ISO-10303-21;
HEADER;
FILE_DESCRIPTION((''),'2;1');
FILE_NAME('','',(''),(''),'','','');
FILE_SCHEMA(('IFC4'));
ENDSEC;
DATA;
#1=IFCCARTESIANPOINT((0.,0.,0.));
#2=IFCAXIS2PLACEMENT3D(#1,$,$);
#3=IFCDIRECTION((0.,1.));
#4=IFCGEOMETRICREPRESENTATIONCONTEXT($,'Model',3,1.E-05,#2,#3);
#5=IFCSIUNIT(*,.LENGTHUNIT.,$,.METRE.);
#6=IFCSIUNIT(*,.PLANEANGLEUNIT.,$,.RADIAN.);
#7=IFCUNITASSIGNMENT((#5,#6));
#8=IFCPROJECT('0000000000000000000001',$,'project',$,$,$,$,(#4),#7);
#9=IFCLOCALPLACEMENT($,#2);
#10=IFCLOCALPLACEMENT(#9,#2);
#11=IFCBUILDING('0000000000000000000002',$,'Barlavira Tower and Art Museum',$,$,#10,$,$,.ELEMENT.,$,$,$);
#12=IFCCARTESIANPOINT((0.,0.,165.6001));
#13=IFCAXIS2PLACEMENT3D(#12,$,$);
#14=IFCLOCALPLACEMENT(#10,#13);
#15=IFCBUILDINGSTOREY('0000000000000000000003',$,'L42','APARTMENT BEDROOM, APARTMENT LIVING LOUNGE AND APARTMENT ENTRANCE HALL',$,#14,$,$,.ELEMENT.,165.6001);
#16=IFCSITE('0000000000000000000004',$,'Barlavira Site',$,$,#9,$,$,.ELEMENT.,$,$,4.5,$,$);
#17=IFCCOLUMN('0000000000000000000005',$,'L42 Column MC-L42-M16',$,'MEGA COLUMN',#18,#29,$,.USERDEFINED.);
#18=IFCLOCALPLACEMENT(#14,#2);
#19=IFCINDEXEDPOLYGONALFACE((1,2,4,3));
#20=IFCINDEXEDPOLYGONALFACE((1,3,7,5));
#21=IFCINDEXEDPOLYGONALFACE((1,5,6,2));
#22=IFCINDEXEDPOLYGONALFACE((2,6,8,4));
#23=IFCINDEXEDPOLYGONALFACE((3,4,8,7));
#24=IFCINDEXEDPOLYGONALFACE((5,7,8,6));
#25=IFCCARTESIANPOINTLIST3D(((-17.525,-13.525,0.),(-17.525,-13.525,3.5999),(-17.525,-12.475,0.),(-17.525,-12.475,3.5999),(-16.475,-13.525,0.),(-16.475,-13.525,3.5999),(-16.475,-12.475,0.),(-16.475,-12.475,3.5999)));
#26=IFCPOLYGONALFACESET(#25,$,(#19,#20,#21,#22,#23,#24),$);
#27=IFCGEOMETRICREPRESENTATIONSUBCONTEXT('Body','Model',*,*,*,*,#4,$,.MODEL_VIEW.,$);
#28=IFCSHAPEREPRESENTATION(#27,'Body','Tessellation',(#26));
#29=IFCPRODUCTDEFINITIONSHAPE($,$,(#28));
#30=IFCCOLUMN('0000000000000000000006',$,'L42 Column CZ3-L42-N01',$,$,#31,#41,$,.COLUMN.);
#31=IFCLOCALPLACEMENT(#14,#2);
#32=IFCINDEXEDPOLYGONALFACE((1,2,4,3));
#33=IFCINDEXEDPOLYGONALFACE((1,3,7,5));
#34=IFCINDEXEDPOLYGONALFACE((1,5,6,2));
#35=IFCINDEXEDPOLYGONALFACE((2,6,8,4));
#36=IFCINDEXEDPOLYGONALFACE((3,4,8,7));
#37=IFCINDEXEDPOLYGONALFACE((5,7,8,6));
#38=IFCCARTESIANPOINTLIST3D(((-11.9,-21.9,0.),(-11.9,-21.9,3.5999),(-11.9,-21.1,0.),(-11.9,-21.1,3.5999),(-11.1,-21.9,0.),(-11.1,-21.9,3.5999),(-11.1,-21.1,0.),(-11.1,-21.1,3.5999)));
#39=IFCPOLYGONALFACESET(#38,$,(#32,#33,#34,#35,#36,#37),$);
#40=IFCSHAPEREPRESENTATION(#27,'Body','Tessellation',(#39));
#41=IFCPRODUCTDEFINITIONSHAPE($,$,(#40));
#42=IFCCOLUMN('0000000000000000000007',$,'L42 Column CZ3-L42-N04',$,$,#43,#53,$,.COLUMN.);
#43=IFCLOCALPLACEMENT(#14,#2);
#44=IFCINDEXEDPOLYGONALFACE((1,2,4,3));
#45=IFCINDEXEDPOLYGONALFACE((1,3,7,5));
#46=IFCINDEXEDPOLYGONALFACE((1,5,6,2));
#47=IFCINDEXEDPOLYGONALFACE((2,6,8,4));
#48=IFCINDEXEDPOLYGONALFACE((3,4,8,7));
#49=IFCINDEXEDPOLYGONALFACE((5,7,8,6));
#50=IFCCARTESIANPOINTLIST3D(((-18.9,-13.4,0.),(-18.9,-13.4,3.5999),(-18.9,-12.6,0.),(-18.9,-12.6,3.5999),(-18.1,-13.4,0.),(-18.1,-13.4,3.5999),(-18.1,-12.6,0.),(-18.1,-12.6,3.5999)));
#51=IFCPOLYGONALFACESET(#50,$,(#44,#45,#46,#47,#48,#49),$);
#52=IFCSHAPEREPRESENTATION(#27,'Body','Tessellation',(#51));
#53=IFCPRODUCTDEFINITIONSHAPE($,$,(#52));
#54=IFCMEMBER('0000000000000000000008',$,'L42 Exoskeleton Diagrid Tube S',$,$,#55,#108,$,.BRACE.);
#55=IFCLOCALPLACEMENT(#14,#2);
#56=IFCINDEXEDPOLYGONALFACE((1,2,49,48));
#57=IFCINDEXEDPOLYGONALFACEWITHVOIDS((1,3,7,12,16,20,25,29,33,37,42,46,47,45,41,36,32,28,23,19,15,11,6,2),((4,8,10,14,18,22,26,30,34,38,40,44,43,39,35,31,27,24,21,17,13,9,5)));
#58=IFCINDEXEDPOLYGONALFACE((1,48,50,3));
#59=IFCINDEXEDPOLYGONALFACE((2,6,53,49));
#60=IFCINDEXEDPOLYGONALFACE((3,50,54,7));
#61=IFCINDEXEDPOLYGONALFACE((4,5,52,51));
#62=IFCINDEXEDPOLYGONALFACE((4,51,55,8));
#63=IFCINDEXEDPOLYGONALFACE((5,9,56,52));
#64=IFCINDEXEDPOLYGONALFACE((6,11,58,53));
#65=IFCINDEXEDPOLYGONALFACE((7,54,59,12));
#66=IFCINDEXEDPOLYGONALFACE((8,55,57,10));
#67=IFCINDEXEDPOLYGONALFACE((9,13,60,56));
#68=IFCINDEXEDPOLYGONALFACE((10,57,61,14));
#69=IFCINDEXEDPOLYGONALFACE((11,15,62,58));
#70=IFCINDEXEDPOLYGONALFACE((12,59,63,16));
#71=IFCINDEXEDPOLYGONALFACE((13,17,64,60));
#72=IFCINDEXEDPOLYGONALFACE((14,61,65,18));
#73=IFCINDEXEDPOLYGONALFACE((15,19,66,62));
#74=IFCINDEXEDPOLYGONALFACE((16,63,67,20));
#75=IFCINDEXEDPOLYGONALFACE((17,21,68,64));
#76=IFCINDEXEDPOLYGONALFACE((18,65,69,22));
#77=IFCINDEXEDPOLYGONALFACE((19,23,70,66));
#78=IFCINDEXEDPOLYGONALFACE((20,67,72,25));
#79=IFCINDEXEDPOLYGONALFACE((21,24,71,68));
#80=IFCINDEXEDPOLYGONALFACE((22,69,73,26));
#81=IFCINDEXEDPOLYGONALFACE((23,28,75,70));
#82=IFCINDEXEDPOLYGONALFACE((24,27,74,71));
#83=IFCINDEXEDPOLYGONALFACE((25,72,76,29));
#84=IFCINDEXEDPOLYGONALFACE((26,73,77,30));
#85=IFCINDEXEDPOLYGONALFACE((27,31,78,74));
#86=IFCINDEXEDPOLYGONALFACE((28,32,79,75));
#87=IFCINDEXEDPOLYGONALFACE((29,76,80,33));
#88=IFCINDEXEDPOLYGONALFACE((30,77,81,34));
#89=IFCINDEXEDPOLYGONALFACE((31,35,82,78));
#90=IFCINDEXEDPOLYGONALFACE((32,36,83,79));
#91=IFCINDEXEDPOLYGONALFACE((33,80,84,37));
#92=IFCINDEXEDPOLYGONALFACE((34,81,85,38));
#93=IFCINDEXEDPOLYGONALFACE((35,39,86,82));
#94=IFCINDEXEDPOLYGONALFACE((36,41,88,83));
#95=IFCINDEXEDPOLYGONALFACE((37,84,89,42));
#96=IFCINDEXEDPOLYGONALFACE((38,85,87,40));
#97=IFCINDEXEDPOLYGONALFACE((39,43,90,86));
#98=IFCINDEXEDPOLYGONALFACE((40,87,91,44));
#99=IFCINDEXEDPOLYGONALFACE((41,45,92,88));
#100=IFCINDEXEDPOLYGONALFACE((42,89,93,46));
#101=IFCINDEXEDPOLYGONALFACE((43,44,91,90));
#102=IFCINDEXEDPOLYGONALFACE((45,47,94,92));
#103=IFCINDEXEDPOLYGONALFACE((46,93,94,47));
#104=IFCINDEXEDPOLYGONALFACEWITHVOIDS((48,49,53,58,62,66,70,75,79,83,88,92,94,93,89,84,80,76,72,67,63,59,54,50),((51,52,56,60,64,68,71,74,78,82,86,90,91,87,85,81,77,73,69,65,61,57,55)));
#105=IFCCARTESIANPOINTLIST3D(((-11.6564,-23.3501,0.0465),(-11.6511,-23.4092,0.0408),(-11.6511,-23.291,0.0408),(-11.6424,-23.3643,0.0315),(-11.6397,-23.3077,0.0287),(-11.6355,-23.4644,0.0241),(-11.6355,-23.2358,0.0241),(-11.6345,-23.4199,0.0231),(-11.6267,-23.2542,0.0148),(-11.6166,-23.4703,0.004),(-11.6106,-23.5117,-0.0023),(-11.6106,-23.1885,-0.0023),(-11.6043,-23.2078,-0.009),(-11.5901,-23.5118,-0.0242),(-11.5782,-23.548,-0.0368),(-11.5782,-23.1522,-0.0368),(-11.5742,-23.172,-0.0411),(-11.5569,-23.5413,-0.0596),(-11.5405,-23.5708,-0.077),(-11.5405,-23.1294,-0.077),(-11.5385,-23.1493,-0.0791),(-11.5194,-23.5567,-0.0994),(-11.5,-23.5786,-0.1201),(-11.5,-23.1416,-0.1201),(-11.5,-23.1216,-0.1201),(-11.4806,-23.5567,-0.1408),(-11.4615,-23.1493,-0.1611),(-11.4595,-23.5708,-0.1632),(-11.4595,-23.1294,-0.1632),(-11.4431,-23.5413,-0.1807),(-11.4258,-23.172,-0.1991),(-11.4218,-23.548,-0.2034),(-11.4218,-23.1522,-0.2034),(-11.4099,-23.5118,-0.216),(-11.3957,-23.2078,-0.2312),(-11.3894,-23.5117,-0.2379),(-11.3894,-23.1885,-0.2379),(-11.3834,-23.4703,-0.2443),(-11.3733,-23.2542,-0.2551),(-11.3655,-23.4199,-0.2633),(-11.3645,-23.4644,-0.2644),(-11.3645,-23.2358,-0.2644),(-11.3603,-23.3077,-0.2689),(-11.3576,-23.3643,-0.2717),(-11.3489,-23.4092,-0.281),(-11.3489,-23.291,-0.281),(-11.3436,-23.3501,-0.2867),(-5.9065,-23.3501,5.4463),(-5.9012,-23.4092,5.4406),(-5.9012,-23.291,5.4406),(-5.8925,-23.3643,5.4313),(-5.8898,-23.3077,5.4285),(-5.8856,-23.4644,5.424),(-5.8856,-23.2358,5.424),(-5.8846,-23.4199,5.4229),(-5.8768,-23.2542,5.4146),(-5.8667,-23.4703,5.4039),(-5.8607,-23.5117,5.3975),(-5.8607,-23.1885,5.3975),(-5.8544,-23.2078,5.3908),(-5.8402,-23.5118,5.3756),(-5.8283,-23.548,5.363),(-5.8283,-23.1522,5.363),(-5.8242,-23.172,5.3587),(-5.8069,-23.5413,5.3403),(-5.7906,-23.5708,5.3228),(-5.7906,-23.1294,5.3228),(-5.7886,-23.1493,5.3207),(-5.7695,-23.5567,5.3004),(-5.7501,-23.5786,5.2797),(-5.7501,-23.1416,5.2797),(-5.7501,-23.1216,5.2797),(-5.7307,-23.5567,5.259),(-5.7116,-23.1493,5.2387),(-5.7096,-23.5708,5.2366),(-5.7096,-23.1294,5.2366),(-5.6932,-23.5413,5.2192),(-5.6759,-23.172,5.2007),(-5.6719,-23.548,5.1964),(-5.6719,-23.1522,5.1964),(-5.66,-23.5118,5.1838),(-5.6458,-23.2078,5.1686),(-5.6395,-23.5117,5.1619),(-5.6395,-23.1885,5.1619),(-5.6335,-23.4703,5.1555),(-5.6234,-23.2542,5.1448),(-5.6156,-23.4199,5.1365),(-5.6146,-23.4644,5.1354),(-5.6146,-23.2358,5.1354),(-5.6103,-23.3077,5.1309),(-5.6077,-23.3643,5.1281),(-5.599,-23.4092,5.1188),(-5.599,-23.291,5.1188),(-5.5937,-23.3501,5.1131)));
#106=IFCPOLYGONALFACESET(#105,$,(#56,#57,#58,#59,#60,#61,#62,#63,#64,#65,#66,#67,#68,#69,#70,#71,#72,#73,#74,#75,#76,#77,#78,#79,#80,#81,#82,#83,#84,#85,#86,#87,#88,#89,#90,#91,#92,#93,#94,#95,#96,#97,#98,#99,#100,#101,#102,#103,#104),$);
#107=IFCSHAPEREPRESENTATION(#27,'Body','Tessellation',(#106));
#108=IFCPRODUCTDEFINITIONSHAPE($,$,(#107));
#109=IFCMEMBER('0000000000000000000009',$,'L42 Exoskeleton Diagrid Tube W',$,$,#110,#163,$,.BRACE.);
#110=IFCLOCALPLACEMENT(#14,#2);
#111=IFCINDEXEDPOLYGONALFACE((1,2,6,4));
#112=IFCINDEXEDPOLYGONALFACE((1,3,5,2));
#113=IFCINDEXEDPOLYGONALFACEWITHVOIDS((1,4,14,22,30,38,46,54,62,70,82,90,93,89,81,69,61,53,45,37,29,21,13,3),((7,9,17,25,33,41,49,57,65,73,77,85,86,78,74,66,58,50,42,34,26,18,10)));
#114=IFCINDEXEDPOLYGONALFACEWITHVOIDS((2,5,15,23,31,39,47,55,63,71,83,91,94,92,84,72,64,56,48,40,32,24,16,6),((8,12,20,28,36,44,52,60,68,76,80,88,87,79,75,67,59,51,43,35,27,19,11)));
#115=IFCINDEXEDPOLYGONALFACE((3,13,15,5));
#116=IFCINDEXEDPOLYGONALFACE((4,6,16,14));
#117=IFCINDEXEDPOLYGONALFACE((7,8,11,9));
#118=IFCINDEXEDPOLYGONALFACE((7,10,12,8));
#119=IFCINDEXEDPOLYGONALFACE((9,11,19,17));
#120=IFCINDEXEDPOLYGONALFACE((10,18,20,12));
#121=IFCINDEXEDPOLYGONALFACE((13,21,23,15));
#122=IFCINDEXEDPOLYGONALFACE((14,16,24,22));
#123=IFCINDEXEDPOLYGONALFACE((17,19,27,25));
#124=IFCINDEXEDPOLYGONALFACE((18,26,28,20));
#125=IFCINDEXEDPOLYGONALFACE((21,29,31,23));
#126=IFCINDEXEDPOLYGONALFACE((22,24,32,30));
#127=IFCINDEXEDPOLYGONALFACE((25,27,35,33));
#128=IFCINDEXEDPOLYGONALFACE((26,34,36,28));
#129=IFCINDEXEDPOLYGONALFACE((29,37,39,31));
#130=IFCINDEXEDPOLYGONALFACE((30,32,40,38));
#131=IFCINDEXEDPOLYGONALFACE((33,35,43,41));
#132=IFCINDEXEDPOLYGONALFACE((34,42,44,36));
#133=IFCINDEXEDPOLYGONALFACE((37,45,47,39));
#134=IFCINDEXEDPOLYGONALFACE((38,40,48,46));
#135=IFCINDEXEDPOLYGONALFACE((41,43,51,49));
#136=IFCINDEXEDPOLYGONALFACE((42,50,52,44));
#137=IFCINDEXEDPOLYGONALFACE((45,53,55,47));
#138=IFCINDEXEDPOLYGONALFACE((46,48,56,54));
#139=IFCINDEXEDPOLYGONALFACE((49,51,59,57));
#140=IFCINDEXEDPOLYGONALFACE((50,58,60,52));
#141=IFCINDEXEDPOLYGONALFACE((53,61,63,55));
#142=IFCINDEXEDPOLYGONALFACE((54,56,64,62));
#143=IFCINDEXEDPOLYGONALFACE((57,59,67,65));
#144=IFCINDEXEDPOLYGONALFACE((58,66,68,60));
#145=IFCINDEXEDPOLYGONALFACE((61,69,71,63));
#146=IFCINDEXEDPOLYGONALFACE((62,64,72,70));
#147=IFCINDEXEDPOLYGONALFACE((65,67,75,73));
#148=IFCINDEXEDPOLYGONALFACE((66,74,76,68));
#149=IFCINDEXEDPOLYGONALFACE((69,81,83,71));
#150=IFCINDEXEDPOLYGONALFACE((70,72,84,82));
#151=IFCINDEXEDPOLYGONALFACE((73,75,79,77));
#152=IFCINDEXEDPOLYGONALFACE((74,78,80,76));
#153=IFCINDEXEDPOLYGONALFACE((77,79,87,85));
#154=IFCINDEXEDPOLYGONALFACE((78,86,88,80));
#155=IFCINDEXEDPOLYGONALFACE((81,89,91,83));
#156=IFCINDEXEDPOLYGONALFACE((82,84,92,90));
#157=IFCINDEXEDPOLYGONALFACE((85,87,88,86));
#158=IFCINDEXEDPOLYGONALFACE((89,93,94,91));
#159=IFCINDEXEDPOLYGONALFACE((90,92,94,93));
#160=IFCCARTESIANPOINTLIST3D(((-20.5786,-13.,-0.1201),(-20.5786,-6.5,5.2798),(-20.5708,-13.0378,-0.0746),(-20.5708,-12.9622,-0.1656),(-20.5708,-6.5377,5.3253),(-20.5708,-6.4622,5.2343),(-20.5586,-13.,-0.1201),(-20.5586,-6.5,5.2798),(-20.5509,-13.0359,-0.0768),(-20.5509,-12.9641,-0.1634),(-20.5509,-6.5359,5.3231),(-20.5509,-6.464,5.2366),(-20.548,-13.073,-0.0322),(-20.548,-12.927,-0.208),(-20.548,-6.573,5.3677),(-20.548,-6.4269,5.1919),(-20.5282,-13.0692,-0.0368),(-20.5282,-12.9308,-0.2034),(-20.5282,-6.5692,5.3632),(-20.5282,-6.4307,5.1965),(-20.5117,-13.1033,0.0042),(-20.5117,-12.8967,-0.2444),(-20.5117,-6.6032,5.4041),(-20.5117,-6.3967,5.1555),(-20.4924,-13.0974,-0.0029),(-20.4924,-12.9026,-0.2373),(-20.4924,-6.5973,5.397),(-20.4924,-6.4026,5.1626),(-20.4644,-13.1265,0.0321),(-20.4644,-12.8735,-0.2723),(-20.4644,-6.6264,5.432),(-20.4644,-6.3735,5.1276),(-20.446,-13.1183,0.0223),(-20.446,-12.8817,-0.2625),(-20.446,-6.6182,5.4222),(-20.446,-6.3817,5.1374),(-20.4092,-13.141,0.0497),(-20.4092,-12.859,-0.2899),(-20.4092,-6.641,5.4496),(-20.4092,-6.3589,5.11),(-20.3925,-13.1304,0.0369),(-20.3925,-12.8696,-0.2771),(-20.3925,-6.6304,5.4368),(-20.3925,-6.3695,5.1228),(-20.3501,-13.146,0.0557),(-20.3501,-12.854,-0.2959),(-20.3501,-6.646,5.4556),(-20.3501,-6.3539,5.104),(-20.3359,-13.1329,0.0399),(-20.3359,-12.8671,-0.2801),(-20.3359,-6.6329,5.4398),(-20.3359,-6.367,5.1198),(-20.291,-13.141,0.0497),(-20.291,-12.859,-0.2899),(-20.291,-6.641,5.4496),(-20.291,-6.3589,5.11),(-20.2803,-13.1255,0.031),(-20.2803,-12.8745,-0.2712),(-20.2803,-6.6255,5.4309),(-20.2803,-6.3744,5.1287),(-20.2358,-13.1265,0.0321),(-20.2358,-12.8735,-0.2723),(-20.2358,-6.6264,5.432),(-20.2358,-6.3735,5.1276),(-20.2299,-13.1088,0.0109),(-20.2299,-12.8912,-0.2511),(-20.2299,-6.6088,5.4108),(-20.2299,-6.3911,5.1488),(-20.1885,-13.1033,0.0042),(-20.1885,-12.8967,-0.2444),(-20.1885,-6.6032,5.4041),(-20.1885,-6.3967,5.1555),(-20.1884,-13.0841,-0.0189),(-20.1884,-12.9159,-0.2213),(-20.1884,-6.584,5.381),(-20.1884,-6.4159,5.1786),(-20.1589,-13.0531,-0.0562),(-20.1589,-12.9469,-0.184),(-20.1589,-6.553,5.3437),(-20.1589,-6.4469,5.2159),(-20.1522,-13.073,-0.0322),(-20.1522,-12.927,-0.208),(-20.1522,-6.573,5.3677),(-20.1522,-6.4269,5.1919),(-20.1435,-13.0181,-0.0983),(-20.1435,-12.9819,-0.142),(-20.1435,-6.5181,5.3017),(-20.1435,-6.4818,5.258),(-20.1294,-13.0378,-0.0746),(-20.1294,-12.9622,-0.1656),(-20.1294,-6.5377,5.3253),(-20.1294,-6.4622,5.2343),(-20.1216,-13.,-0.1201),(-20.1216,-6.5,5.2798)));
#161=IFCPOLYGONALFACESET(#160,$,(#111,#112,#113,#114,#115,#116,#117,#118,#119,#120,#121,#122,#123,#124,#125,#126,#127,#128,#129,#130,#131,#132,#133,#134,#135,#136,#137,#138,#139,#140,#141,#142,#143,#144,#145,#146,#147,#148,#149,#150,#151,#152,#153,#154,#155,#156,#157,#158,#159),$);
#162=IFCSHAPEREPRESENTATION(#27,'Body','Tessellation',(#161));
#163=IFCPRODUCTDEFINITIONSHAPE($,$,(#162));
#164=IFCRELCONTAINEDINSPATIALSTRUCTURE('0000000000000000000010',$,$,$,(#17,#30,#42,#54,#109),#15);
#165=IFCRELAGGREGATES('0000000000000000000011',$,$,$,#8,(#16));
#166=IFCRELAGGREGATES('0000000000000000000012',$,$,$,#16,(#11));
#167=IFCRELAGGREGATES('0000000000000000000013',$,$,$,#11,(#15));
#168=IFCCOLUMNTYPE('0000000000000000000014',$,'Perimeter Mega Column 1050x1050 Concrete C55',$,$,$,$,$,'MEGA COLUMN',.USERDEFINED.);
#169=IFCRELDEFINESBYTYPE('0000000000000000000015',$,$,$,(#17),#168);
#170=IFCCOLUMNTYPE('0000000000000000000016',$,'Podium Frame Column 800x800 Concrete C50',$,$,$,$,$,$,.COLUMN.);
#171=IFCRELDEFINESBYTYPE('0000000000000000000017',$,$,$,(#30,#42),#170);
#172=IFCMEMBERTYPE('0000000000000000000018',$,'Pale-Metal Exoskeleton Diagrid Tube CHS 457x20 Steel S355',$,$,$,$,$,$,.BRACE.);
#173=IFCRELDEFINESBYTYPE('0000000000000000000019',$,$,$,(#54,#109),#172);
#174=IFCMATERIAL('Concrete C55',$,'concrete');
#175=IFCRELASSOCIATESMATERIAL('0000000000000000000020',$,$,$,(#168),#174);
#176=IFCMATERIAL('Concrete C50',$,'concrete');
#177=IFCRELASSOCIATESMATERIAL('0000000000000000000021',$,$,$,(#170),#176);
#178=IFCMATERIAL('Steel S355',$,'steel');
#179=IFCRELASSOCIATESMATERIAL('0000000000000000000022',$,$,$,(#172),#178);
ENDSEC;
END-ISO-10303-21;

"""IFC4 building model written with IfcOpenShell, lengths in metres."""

from ifc_helpers import new_model, si_unit, direction, frame, origin, origin_2d, place, context, subcontext, project, spatial, rectangle, hollow_circle, extrude, material, material_profile, profile_set, type_object, element, save


model = new_model("IFC4")

# Units and contexts
model_context = context("Model", 3, precision=1e-05, world=origin(), true_north=direction((0.0, 1.0)))
body_context = subcontext(model_context, "Body", "Model", "MODEL_VIEW")
ifc_project = project(units=[si_unit("LENGTHUNIT", "METRE"), si_unit("PLANEANGLEUNIT", "RADIAN")], contexts=[model_context])

# Site, building, storey
site_placement = place(None, origin())
site = spatial("IfcSite", under=ifc_project, at=site_placement, Name="Barlavira Site", CompositionType="ELEMENT", RefElevation=4.5)
building_placement = place(site_placement, origin())
building = spatial("IfcBuilding", under=site, at=building_placement, Name="Barlavira Tower and Art Museum", CompositionType="ELEMENT")
storey_placement = place(building_placement, frame((0.0, 0.0, 165.6001)))
storey = spatial("IfcBuildingStorey", under=building, at=storey_placement, Name="L42", Description="APARTMENT BEDROOM, APARTMENT LIVING LOUNGE AND APARTMENT ENTRANCE HALL", CompositionType="ELEMENT", Elevation=165.6001)

# Columns
ifc_material_1 = material(Name="Concrete C55", Category="concrete")
ifc_material_profile_1 = material_profile(ifc_material_1, rectangle(XDim=1.05, YDim=1.05, at=origin_2d()), Name="RC-COL 1050x1050")
ifc_profile_set_1 = profile_set([ifc_material_profile_1], Name="Concrete C55")
column_type_1 = type_object("IfcColumnType", Name="Perimeter Mega Column 1050x1050 Concrete C55", ElementType="MEGA COLUMN", PredefinedType="USERDEFINED", material=ifc_profile_set_1)
column_placement = place(storey_placement, frame((-17.0, -13.0, 0.0), z_axis=(0.0, 0.0, 1.0), x_axis=(1.0, 0.0, 0.0)))
element("IfcColumn", 1, at=column_placement, inside=storey, type_object=column_type_1, Name="L42 Column MC-L42-M16", ObjectType="MEGA COLUMN", PredefinedType="USERDEFINED", context=body_context, shape_type="SweptSolid", body=[
    extrude(rectangle(XDim=1.05, YDim=1.05, at=origin_2d()), origin(), (0.0, 0.0, 1.0), 3.5999),
])
ifc_material_2 = material(Name="Concrete C50", Category="concrete")
ifc_material_profile_2 = material_profile(ifc_material_2, rectangle(XDim=0.8, YDim=0.8, at=origin_2d()), Name="RC-COL 800x800")
ifc_profile_set_2 = profile_set([ifc_material_profile_2], Name="Concrete C50")
column_type_2 = type_object("IfcColumnType", Name="Podium Frame Column 800x800 Concrete C50", PredefinedType="COLUMN", material=ifc_profile_set_2)
for number, where, z_axis, x_axis, name in (
    (2, (-11.5, -21.5, 0.0), (0.0, 0.0, 1.0), (1.0, 0.0, 0.0), "L42 Column CZ3-L42-N01"),
    (3, (-18.5, -13.0, 0.0), (0.0, 0.0, 1.0), (1.0, 0.0, 0.0), "L42 Column CZ3-L42-N04"),
):
    element("IfcColumn", number, at=place(storey_placement, frame(where, z_axis=z_axis, x_axis=x_axis)), inside=storey, type_object=column_type_2, Name=name, PredefinedType="COLUMN", context=body_context, shape_type="SweptSolid", body=[
        extrude(rectangle(XDim=0.8, YDim=0.8, at=origin_2d()), origin(), (0.0, 0.0, 1.0), 3.5999),
    ])

# Members
ifc_material_3 = material(Name="Steel S355", Category="steel")
ifc_material_profile_3 = material_profile(ifc_material_3, hollow_circle(Radius=0.2285, WallThickness=0.02, at=origin_2d()), Name="CHS 457.0x20.0")
ifc_profile_set_3 = profile_set([ifc_material_profile_3], Name="Steel S355")
member_type_1 = type_object("IfcMemberType", Name="Pale-Metal Exoskeleton Diagrid Tube CHS 457x20 Steel S355", PredefinedType="BRACE", material=ifc_profile_set_3)
member_1_placement = place(storey_placement, frame((-11.5, -23.3501, -0.1201), z_axis=(0.72895, 0.0, 0.684567), x_axis=(0.0, 1.0, 0.0)))
element("IfcMember", 4, at=member_1_placement, inside=storey, type_object=member_type_1, Name="L42 Exoskeleton Diagrid Tube S", PredefinedType="BRACE", context=body_context, shape_type="SweptSolid", body=[
    extrude(hollow_circle(Radius=0.2285, WallThickness=0.02, at=origin_2d()), origin(), (0.0, 0.0, 1.0), 7.8879),
])
member_2_placement = place(storey_placement, frame((-20.3501, -13.0, -0.1201), z_axis=(0.0, 0.769196, 0.639013), x_axis=(-1.0, 0.0, 0.0)))
element("IfcMember", 5, at=member_2_placement, inside=storey, type_object=member_type_1, Name="L42 Exoskeleton Diagrid Tube W", PredefinedType="BRACE", context=body_context, shape_type="SweptSolid", body=[
    extrude(hollow_circle(Radius=0.2285, WallThickness=0.02, at=origin_2d()), origin(), (0.0, 0.0, 1.0), 8.4504),
])

save(model, "model.ifc")
